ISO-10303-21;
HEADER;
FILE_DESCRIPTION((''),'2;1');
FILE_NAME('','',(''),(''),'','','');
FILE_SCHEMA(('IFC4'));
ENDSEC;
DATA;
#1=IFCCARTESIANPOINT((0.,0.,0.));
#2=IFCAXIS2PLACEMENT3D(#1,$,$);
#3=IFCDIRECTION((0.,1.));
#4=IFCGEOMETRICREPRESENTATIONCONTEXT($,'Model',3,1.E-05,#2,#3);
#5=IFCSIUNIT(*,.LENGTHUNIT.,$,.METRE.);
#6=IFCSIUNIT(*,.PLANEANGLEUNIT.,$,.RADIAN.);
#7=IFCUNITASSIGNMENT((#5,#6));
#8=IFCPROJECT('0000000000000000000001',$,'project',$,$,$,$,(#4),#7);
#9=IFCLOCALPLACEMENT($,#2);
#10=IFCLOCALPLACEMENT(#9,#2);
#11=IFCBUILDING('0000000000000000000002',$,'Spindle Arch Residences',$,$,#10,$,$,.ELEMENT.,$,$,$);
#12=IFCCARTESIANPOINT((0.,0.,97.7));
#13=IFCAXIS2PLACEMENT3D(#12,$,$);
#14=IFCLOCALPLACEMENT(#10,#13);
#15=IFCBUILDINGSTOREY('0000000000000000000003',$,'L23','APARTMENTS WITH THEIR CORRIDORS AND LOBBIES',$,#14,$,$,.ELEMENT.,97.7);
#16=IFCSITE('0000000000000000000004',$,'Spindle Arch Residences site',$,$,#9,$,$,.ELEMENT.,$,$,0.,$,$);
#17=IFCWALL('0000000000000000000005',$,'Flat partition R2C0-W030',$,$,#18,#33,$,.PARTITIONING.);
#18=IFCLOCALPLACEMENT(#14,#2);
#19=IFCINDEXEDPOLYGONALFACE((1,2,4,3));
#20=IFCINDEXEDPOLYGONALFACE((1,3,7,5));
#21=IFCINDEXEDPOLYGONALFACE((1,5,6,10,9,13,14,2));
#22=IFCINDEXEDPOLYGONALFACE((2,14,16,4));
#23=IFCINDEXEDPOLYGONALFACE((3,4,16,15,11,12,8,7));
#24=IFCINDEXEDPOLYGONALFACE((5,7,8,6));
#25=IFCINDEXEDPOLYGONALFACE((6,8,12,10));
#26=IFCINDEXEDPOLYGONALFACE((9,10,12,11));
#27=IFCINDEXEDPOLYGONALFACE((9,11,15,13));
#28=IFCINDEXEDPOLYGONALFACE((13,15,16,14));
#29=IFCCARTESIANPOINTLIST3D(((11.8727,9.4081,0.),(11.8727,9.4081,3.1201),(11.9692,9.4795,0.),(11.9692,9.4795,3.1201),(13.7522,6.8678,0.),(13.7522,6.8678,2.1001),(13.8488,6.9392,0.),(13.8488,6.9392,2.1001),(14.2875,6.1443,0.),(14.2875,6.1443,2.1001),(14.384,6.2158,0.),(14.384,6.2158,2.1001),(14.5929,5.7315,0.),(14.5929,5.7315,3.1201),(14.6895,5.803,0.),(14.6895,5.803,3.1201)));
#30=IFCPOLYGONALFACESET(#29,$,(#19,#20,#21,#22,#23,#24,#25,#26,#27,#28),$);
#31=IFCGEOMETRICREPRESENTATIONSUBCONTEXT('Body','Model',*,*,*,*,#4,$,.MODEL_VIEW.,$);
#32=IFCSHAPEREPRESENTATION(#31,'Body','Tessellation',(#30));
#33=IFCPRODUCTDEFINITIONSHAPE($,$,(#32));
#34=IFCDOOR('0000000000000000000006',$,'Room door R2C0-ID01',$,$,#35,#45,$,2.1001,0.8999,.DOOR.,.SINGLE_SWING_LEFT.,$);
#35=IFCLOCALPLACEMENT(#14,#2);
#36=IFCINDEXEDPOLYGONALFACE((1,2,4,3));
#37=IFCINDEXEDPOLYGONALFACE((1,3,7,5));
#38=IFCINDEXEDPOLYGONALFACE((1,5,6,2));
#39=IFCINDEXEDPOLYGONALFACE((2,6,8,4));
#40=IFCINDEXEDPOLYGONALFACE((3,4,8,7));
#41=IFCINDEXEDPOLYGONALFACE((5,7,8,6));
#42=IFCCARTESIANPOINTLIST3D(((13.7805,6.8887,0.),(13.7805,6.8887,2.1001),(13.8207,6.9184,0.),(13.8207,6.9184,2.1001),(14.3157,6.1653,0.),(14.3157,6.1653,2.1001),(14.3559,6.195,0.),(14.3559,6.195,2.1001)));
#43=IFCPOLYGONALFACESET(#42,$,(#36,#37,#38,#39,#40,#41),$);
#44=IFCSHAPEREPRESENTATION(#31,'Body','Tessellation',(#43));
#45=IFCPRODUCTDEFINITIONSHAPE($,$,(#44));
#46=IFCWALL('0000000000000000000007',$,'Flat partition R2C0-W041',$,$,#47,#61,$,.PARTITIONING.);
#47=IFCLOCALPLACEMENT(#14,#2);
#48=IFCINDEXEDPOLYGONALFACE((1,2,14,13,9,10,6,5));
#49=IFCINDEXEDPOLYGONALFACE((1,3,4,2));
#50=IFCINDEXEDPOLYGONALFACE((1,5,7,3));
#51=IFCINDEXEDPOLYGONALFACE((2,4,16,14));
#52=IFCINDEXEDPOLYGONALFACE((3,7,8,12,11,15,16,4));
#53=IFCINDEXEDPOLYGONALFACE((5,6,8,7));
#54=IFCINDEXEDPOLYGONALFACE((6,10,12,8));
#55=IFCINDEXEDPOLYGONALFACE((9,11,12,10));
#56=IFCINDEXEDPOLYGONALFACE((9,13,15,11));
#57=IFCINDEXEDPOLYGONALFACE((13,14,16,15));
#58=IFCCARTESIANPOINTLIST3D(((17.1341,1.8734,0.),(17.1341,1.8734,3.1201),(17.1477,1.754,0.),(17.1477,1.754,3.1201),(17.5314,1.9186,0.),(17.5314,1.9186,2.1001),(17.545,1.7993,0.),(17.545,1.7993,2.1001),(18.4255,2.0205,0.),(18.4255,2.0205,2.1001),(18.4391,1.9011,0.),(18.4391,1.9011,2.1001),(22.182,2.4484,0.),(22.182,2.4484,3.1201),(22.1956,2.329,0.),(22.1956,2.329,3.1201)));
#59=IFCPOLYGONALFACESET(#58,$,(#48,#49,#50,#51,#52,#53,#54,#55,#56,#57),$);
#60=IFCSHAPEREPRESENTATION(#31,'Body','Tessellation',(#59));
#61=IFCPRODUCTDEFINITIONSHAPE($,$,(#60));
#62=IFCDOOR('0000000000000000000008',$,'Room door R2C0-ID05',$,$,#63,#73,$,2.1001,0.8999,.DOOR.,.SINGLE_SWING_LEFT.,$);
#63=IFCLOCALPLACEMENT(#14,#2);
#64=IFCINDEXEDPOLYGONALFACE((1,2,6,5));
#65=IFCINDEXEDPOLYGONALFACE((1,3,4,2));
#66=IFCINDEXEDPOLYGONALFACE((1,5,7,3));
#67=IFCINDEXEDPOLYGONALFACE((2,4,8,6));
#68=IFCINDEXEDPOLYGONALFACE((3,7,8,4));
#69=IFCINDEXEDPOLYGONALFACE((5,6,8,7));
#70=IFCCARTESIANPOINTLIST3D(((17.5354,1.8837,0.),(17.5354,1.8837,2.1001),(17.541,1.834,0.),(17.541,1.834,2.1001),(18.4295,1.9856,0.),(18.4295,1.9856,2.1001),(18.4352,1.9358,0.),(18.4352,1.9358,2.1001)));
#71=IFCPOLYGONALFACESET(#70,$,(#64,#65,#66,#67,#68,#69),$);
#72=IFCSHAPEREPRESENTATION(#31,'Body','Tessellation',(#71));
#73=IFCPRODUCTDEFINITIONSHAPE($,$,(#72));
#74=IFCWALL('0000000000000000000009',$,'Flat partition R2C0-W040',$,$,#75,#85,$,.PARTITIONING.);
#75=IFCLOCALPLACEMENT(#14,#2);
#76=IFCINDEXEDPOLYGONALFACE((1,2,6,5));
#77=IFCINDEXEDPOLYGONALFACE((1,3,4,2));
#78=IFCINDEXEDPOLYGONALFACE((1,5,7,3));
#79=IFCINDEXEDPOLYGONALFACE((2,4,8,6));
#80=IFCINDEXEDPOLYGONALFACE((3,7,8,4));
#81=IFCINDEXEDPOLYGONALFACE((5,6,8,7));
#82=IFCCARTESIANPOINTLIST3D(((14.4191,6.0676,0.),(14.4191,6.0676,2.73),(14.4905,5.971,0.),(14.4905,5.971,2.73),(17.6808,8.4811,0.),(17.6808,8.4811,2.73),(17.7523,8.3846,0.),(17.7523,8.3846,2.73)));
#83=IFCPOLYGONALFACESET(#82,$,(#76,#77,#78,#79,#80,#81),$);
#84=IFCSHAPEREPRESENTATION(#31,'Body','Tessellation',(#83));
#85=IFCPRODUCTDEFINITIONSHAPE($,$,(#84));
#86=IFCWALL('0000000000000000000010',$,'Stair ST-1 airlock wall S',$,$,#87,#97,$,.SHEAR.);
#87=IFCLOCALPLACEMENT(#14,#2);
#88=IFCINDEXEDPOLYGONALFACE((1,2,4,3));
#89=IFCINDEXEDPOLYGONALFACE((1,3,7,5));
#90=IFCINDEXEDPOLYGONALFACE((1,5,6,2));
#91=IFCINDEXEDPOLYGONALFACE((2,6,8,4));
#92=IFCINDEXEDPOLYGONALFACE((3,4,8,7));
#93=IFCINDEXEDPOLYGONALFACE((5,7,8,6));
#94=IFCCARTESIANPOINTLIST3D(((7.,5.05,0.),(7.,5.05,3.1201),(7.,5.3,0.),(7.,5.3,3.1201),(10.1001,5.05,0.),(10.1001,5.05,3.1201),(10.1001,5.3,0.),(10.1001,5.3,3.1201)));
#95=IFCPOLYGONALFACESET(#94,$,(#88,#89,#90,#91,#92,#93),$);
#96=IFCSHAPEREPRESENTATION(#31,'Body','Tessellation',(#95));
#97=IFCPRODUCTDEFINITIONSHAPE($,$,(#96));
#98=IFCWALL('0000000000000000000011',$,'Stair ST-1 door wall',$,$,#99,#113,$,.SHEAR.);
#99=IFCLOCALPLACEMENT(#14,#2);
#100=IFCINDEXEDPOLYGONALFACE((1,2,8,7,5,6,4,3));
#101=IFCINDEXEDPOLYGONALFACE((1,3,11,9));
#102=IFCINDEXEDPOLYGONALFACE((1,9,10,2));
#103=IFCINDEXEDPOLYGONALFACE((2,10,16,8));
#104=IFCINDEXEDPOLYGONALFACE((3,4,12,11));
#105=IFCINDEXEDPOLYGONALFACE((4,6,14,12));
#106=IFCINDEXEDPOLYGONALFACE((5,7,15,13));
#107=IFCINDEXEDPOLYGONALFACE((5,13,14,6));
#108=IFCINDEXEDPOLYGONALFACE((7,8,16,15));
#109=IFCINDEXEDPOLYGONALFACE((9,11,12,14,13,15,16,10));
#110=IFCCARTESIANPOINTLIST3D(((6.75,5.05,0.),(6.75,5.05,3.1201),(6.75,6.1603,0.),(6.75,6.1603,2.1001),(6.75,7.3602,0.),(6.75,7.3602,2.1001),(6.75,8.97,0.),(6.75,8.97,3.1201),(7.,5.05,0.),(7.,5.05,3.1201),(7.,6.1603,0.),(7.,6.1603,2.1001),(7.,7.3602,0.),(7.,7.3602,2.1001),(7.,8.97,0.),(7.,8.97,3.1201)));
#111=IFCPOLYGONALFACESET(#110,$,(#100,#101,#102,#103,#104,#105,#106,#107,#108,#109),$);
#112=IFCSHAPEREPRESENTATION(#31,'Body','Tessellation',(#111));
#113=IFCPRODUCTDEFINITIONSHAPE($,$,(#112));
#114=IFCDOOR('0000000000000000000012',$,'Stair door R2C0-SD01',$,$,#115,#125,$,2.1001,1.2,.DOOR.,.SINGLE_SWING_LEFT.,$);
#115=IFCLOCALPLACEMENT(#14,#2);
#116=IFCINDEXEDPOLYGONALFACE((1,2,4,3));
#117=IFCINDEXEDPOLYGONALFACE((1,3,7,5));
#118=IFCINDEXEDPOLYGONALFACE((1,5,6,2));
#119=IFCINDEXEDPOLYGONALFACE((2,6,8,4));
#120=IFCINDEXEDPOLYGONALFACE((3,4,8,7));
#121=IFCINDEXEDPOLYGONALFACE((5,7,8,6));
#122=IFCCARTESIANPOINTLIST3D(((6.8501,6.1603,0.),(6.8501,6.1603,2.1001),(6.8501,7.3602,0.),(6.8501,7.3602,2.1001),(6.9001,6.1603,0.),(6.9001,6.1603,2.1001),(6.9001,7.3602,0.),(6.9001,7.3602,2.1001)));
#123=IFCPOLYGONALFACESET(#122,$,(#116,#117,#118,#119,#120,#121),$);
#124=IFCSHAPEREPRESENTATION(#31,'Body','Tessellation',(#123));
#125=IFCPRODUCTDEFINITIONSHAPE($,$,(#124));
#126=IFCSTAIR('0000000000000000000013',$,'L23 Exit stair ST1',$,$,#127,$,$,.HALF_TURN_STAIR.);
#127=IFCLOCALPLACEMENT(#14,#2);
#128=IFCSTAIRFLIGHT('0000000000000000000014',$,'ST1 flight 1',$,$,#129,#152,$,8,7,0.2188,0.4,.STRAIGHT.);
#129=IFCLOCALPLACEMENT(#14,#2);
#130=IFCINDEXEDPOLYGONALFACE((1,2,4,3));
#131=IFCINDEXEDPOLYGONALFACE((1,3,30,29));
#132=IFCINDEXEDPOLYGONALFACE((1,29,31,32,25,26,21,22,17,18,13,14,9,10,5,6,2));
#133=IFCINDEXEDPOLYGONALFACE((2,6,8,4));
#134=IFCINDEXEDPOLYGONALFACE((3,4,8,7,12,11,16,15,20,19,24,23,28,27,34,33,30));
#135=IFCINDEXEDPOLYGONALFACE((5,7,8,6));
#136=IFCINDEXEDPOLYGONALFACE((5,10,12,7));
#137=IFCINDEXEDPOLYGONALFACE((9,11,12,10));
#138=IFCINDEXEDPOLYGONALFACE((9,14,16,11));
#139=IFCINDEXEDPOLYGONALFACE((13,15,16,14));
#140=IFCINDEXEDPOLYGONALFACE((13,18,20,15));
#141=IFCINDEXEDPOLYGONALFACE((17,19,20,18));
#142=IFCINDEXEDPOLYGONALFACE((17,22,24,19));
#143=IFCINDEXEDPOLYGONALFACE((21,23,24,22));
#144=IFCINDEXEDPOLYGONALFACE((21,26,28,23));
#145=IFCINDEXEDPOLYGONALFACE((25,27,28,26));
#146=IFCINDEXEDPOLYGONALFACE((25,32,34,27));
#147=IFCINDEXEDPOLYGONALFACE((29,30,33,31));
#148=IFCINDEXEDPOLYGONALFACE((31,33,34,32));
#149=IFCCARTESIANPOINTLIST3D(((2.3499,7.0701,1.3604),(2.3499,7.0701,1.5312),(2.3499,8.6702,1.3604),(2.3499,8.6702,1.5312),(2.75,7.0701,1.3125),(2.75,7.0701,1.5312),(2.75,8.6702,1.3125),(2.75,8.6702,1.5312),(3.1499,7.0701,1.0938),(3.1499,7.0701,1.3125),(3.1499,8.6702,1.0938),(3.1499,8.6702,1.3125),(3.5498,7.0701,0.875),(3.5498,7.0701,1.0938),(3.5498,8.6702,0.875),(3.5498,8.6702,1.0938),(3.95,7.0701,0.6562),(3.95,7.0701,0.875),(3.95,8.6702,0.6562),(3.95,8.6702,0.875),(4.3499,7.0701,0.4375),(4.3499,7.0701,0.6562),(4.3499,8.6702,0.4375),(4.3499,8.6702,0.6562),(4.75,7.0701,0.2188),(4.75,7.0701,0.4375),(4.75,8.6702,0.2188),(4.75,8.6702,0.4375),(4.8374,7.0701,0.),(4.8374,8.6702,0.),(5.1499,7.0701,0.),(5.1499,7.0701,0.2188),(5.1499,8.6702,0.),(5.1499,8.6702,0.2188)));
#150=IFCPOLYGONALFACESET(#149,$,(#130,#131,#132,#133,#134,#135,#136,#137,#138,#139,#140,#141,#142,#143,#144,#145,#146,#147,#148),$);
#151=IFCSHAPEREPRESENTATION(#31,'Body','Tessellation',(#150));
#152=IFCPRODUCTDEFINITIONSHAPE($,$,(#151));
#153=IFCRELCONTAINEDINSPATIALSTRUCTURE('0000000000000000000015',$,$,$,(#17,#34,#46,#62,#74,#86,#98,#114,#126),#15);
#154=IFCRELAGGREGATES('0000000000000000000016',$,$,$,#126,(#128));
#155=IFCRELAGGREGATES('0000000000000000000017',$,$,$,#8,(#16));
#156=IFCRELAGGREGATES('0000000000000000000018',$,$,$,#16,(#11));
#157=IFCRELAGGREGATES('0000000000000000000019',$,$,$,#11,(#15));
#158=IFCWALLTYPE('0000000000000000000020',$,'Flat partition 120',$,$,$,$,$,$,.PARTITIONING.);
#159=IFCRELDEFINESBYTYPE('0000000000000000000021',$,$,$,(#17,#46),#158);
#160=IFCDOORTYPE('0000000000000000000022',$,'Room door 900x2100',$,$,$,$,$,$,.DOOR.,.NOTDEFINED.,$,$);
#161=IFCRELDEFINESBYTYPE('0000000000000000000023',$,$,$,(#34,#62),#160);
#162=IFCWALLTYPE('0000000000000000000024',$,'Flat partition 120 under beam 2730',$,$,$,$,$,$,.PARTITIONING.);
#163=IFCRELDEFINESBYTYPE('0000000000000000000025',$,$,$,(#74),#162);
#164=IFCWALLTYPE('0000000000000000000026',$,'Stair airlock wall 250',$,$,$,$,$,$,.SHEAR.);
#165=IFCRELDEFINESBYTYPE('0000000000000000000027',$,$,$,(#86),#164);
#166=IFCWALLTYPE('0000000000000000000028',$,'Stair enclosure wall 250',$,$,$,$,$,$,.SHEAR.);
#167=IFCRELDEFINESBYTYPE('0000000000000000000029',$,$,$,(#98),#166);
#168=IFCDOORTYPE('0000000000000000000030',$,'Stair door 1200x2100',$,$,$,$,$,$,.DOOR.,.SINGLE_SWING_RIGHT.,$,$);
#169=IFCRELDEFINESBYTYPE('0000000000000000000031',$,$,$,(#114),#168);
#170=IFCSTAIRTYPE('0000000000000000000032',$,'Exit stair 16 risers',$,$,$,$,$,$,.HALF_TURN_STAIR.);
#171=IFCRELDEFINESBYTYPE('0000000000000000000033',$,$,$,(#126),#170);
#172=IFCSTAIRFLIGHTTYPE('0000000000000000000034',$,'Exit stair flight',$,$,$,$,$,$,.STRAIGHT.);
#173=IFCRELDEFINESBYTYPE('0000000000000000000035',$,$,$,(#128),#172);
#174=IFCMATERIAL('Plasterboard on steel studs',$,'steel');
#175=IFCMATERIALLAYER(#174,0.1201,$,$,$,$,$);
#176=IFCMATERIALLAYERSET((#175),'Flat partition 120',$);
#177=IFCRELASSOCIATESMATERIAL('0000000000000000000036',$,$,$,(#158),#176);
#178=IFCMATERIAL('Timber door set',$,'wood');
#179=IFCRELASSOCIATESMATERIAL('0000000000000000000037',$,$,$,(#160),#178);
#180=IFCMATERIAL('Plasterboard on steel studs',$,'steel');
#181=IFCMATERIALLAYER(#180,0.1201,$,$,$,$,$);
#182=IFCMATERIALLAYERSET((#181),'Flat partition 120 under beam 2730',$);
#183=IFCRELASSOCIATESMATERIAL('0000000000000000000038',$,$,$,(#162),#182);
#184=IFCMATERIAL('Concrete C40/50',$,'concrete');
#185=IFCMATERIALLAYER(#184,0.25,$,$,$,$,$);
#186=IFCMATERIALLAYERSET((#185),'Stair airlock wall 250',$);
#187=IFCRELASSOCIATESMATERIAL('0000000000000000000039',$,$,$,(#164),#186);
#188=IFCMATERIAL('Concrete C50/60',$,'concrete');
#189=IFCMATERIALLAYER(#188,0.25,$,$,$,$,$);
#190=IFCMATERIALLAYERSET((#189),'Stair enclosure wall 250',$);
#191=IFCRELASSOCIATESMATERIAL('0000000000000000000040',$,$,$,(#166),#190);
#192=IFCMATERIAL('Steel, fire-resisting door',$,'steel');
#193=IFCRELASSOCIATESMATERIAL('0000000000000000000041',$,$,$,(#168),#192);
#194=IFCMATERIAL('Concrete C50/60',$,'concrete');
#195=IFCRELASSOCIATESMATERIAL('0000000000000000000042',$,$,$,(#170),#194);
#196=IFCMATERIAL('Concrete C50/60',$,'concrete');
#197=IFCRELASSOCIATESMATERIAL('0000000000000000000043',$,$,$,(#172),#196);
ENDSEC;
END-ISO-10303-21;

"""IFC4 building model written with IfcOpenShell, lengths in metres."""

from ifc_helpers import new_model, si_unit, direction, frame, frame_2d, origin, place, context, subcontext, project, spatial, polyline, rectangle, outline, extrude, material, layer, layer_set, type_object, element, fill, aggregate, save


model = new_model("IFC4")

# Units and contexts
model_context = context("Model", 3, precision=1e-05, world=origin(), true_north=direction((0.0, 1.0)))
body_context = subcontext(model_context, "Body", "Model", "MODEL_VIEW")
ifc_project = project(units=[si_unit("LENGTHUNIT", "METRE"), si_unit("PLANEANGLEUNIT", "RADIAN")], contexts=[model_context])

# Site, building, storey
site_placement = place(None, origin())
site = spatial("IfcSite", under=ifc_project, at=site_placement, Name="Spindle Arch Residences site", CompositionType="ELEMENT", RefElevation=0.0)
building_placement = place(site_placement, origin())
building = spatial("IfcBuilding", under=site, at=building_placement, Name="Spindle Arch Residences", CompositionType="ELEMENT")
storey_placement = place(building_placement, frame((0.0, 0.0, 97.7)))
storey = spatial("IfcBuildingStorey", under=building, at=storey_placement, Name="L23", Description="APARTMENTS WITH THEIR CORRIDORS AND LOBBIES", CompositionType="ELEMENT", Elevation=97.7)

# Walls, openings, doors
ifc_material_1 = material(Name="Plasterboard on steel studs", Category="steel")
ifc_layer_1 = layer(ifc_material_1, 0.1201)
ifc_layer_set_1 = layer_set([ifc_layer_1], Name="Flat partition 120")
wall_type_1 = type_object("IfcWallType", Name="Flat partition 120", PredefinedType="PARTITIONING", material=ifc_layer_set_1)
wall_1_placement = place(storey_placement, frame((14.6411, 5.7673, 0.0), z_axis=(0.0, 0.0, 1.0), x_axis=(-0.594786, 0.803884, 0.0)))
wall_1 = element("IfcWall", 1, at=wall_1_placement, inside=storey, type_object=wall_type_1, Name="Flat partition R2C0-W030", PredefinedType="PARTITIONING", context=body_context, shape_type="SweptSolid", body=[
    extrude(rectangle(XDim=4.5735, YDim=0.1201, at=frame_2d((2.2866, 0.0))), origin(), (0.0, 0.0, 1.0), 3.1201),
])
opening_1_placement = place(wall_1_placement, frame((0.5134, 0.0, 0.0)))
opening_1 = element("IfcOpeningElement", 2, at=opening_1_placement, cuts=wall_1, PredefinedType="OPENING", context=body_context, shape_type="SweptSolid", body=[
    extrude(rectangle(XDim=0.8999, YDim=2.1001, at=frame_2d((0.45, 1.05))), frame((0.0, 0.0701, 0.0), z_axis=(0.0, -1.0, 0.0), x_axis=(1.0, 0.0, 0.0)), (0.0, 0.0, 1.0), 0.1401),
])
ifc_material_2 = material(Name="Timber door set", Category="wood")
door_type_1 = type_object("IfcDoorType", Name="Room door 900x2100", OperationType="NOTDEFINED", PredefinedType="DOOR", material=ifc_material_2)
door_1_placement = place(opening_1_placement, origin())
door_1 = element("IfcDoor", 3, at=door_1_placement, inside=storey, type_object=door_type_1, Name="Room door R2C0-ID01", OperationType="SINGLE_SWING_LEFT", OverallHeight=2.1001, OverallWidth=0.8999, PredefinedType="DOOR", context=body_context, shape_type="SweptSolid", body=[
    extrude(rectangle(XDim=0.8999, YDim=2.1001, at=frame_2d((0.45, 1.05))), frame((0.0, 0.0249, 0.0), z_axis=(0.0, -1.0, 0.0), x_axis=(1.0, 0.0, 0.0)), (0.0, 0.0, 1.0), 0.05),
])
fill(opening_1, door_1)
wall_2_placement = place(storey_placement, frame((17.1409, 1.8137, 0.0), z_axis=(0.0, 0.0, 1.0), x_axis=(0.993576, 0.113168, 0.0)))
wall_2 = element("IfcWall", 4, at=wall_2_placement, inside=storey, type_object=wall_type_1, Name="Flat partition R2C0-W041", PredefinedType="PARTITIONING", context=body_context, shape_type="SweptSolid", body=[
    extrude(rectangle(XDim=5.0806, YDim=0.1201, at=frame_2d((2.5403, 0.0))), origin(), (0.0, 0.0, 1.0), 3.1201),
])
opening_2_placement = place(wall_2_placement, frame((0.3999, 0.0, 0.0)))
opening_2 = element("IfcOpeningElement", 5, at=opening_2_placement, cuts=wall_2, PredefinedType="OPENING", context=body_context, shape_type="SweptSolid", body=[
    extrude(rectangle(XDim=0.8999, YDim=2.1001, at=frame_2d((0.45, 1.05))), frame((0.0, 0.0701, 0.0), z_axis=(0.0, -1.0, 0.0), x_axis=(1.0, 0.0, 0.0)), (0.0, 0.0, 1.0), 0.1401),
])
door_2_placement = place(opening_2_placement, origin())
door_2 = element("IfcDoor", 6, at=door_2_placement, inside=storey, type_object=door_type_1, Name="Room door R2C0-ID05", OperationType="SINGLE_SWING_LEFT", OverallHeight=2.1001, OverallWidth=0.8999, PredefinedType="DOOR", context=body_context, shape_type="SweptSolid", body=[
    extrude(rectangle(XDim=0.8999, YDim=2.1001, at=frame_2d((0.45, 1.05))), frame((0.0, 0.0249, 0.0), z_axis=(0.0, -1.0, 0.0), x_axis=(1.0, 0.0, 0.0)), (0.0, 0.0, 1.0), 0.05),
])
fill(opening_2, door_2)

# Walls
ifc_material_3 = material(Name="Plasterboard on steel studs", Category="steel")
ifc_layer_2 = layer(ifc_material_3, 0.1201)
ifc_layer_set_2 = layer_set([ifc_layer_2], Name="Flat partition 120 under beam 2730")
wall_type_2 = type_object("IfcWallType", Name="Flat partition 120 under beam 2730", PredefinedType="PARTITIONING", material=ifc_layer_set_2)
wall_3_placement = place(storey_placement, frame((17.7166, 8.4329, 0.0), z_axis=(0.0, 0.0, 1.0), x_axis=(-0.803853, -0.594827, 0.0)))
element("IfcWall", 7, at=wall_3_placement, inside=storey, type_object=wall_type_2, Name="Flat partition R2C0-W040", PredefinedType="PARTITIONING", context=body_context, shape_type="SweptSolid", body=[
    extrude(rectangle(XDim=4.0576, YDim=0.1201, at=frame_2d((2.0288, 0.0))), origin(), (0.0, 0.0, 1.0), 2.73),
])
ifc_material_4 = material(Name="Concrete C40/50", Category="concrete")
ifc_layer_3 = layer(ifc_material_4, 0.25)
ifc_layer_set_3 = layer_set([ifc_layer_3], Name="Stair airlock wall 250")
wall_type_3 = type_object("IfcWallType", Name="Stair airlock wall 250", PredefinedType="SHEAR", material=ifc_layer_set_3)
wall_4_placement = place(storey_placement, frame((7.0, 5.175, 0.0), z_axis=(0.0, 0.0, 1.0), x_axis=(1.0, 0.0, 0.0)))
element("IfcWall", 8, at=wall_4_placement, inside=storey, type_object=wall_type_3, Name="Stair ST-1 airlock wall S", PredefinedType="SHEAR", context=body_context, shape_type="SweptSolid", body=[
    extrude(rectangle(XDim=3.1001, YDim=0.25, at=frame_2d((1.55, 0.0))), origin(), (0.0, 0.0, 1.0), 3.1201),
])

# Wall, opening, door
ifc_material_5 = material(Name="Concrete C50/60", Category="concrete")
ifc_layer_4 = layer(ifc_material_5, 0.25)
ifc_layer_set_4 = layer_set([ifc_layer_4], Name="Stair enclosure wall 250")
wall_type_4 = type_object("IfcWallType", Name="Stair enclosure wall 250", PredefinedType="SHEAR", material=ifc_layer_set_4)
wall_5_placement = place(storey_placement, frame((6.875, 5.05, 0.0), z_axis=(0.0, 0.0, 1.0), x_axis=(0.0, 1.0, 0.0)))
wall_5 = element("IfcWall", 9, at=wall_5_placement, inside=storey, type_object=wall_type_4, Name="Stair ST-1 door wall", PredefinedType="SHEAR", context=body_context, shape_type="SweptSolid", body=[
    extrude(rectangle(XDim=3.9199, YDim=0.25, at=frame_2d((1.96, 0.0))), origin(), (0.0, 0.0, 1.0), 3.1201),
])
opening_3_placement = place(wall_5_placement, frame((1.1101, 0.0, 0.0)))
opening_3 = element("IfcOpeningElement", 10, at=opening_3_placement, cuts=wall_5, PredefinedType="OPENING", context=body_context, shape_type="SweptSolid", body=[
    extrude(rectangle(XDim=1.2, YDim=2.1001, at=frame_2d((0.6001, 1.05))), frame((0.0, 0.135, 0.0), z_axis=(0.0, -1.0, 0.0), x_axis=(1.0, 0.0, 0.0)), (0.0, 0.0, 1.0), 0.27),
])
ifc_material_6 = material(Name="Steel, fire-resisting door", Category="steel")
door_type_2 = type_object("IfcDoorType", Name="Stair door 1200x2100", OperationType="SINGLE_SWING_RIGHT", PredefinedType="DOOR", material=ifc_material_6)
door_3_placement = place(opening_3_placement, origin())
door_3 = element("IfcDoor", 11, at=door_3_placement, inside=storey, type_object=door_type_2, Name="Stair door R2C0-SD01", OperationType="SINGLE_SWING_LEFT", OverallHeight=2.1001, OverallWidth=1.2, PredefinedType="DOOR", context=body_context, shape_type="SweptSolid", body=[
    extrude(rectangle(XDim=1.2, YDim=2.1001, at=frame_2d((0.6001, 1.05))), frame((0.0, 0.0249, 0.0), z_axis=(0.0, -1.0, 0.0), x_axis=(1.0, 0.0, 0.0)), (0.0, 0.0, 1.0), 0.05),
])
fill(opening_3, door_3)

# Stair, stair flight
ifc_material_7 = material(Name="Concrete C50/60", Category="concrete")
stair_type = type_object("IfcStairType", Name="Exit stair 16 risers", PredefinedType="HALF_TURN_STAIR", material=ifc_material_7)
stair_placement = place(storey_placement, origin())
stair = element("IfcStair", 12, at=stair_placement, inside=storey, type_object=stair_type, Name="L23 Exit stair ST1", PredefinedType="HALF_TURN_STAIR")
ifc_material_8 = material(Name="Concrete C50/60", Category="concrete")
stair_flight_type = type_object("IfcStairFlightType", Name="Exit stair flight", PredefinedType="STRAIGHT", material=ifc_material_8)
stair_flight_placement = place(storey_placement, frame((5.1499, 7.8701, 0.0), z_axis=(0.0, 0.0, 1.0), x_axis=(-1.0, 0.0, 0.0)))
stair_flight = element("IfcStairFlight", 13, at=stair_flight_placement, type_object=stair_flight_type, Name="ST1 flight 1", NumberOfRisers=8, NumberOfTreads=7, PredefinedType="STRAIGHT", RiserHeight=0.2188, TreadLength=0.4, context=body_context, shape_type="SweptSolid", body=[
    extrude(outline(polyline([(0.0, 0.0), (0.0, 0.2188), (0.3999, 0.2188), (0.3999, 0.4375), (0.8, 0.4375), (0.8, 0.6562), (1.2, 0.6562), (1.2, 0.875), (1.6001, 0.875), (1.6001, 1.0938), (2.0, 1.0938), (2.0, 1.3125), (2.3999, 1.3125), (2.3999, 1.5312), (2.8, 1.5312), (2.8, 1.75), (2.8, 1.3604), (0.3125, 0.0), (0.0, 0.0)])), frame((0.0, 0.8, 0.0), z_axis=(0.0, -1.0, 0.0), x_axis=(1.0, 0.0, 0.0)), (0.0, 0.0, 1.0), 1.6001),
])
aggregate(stair, [stair_flight])

save(model, "model.ifc")
